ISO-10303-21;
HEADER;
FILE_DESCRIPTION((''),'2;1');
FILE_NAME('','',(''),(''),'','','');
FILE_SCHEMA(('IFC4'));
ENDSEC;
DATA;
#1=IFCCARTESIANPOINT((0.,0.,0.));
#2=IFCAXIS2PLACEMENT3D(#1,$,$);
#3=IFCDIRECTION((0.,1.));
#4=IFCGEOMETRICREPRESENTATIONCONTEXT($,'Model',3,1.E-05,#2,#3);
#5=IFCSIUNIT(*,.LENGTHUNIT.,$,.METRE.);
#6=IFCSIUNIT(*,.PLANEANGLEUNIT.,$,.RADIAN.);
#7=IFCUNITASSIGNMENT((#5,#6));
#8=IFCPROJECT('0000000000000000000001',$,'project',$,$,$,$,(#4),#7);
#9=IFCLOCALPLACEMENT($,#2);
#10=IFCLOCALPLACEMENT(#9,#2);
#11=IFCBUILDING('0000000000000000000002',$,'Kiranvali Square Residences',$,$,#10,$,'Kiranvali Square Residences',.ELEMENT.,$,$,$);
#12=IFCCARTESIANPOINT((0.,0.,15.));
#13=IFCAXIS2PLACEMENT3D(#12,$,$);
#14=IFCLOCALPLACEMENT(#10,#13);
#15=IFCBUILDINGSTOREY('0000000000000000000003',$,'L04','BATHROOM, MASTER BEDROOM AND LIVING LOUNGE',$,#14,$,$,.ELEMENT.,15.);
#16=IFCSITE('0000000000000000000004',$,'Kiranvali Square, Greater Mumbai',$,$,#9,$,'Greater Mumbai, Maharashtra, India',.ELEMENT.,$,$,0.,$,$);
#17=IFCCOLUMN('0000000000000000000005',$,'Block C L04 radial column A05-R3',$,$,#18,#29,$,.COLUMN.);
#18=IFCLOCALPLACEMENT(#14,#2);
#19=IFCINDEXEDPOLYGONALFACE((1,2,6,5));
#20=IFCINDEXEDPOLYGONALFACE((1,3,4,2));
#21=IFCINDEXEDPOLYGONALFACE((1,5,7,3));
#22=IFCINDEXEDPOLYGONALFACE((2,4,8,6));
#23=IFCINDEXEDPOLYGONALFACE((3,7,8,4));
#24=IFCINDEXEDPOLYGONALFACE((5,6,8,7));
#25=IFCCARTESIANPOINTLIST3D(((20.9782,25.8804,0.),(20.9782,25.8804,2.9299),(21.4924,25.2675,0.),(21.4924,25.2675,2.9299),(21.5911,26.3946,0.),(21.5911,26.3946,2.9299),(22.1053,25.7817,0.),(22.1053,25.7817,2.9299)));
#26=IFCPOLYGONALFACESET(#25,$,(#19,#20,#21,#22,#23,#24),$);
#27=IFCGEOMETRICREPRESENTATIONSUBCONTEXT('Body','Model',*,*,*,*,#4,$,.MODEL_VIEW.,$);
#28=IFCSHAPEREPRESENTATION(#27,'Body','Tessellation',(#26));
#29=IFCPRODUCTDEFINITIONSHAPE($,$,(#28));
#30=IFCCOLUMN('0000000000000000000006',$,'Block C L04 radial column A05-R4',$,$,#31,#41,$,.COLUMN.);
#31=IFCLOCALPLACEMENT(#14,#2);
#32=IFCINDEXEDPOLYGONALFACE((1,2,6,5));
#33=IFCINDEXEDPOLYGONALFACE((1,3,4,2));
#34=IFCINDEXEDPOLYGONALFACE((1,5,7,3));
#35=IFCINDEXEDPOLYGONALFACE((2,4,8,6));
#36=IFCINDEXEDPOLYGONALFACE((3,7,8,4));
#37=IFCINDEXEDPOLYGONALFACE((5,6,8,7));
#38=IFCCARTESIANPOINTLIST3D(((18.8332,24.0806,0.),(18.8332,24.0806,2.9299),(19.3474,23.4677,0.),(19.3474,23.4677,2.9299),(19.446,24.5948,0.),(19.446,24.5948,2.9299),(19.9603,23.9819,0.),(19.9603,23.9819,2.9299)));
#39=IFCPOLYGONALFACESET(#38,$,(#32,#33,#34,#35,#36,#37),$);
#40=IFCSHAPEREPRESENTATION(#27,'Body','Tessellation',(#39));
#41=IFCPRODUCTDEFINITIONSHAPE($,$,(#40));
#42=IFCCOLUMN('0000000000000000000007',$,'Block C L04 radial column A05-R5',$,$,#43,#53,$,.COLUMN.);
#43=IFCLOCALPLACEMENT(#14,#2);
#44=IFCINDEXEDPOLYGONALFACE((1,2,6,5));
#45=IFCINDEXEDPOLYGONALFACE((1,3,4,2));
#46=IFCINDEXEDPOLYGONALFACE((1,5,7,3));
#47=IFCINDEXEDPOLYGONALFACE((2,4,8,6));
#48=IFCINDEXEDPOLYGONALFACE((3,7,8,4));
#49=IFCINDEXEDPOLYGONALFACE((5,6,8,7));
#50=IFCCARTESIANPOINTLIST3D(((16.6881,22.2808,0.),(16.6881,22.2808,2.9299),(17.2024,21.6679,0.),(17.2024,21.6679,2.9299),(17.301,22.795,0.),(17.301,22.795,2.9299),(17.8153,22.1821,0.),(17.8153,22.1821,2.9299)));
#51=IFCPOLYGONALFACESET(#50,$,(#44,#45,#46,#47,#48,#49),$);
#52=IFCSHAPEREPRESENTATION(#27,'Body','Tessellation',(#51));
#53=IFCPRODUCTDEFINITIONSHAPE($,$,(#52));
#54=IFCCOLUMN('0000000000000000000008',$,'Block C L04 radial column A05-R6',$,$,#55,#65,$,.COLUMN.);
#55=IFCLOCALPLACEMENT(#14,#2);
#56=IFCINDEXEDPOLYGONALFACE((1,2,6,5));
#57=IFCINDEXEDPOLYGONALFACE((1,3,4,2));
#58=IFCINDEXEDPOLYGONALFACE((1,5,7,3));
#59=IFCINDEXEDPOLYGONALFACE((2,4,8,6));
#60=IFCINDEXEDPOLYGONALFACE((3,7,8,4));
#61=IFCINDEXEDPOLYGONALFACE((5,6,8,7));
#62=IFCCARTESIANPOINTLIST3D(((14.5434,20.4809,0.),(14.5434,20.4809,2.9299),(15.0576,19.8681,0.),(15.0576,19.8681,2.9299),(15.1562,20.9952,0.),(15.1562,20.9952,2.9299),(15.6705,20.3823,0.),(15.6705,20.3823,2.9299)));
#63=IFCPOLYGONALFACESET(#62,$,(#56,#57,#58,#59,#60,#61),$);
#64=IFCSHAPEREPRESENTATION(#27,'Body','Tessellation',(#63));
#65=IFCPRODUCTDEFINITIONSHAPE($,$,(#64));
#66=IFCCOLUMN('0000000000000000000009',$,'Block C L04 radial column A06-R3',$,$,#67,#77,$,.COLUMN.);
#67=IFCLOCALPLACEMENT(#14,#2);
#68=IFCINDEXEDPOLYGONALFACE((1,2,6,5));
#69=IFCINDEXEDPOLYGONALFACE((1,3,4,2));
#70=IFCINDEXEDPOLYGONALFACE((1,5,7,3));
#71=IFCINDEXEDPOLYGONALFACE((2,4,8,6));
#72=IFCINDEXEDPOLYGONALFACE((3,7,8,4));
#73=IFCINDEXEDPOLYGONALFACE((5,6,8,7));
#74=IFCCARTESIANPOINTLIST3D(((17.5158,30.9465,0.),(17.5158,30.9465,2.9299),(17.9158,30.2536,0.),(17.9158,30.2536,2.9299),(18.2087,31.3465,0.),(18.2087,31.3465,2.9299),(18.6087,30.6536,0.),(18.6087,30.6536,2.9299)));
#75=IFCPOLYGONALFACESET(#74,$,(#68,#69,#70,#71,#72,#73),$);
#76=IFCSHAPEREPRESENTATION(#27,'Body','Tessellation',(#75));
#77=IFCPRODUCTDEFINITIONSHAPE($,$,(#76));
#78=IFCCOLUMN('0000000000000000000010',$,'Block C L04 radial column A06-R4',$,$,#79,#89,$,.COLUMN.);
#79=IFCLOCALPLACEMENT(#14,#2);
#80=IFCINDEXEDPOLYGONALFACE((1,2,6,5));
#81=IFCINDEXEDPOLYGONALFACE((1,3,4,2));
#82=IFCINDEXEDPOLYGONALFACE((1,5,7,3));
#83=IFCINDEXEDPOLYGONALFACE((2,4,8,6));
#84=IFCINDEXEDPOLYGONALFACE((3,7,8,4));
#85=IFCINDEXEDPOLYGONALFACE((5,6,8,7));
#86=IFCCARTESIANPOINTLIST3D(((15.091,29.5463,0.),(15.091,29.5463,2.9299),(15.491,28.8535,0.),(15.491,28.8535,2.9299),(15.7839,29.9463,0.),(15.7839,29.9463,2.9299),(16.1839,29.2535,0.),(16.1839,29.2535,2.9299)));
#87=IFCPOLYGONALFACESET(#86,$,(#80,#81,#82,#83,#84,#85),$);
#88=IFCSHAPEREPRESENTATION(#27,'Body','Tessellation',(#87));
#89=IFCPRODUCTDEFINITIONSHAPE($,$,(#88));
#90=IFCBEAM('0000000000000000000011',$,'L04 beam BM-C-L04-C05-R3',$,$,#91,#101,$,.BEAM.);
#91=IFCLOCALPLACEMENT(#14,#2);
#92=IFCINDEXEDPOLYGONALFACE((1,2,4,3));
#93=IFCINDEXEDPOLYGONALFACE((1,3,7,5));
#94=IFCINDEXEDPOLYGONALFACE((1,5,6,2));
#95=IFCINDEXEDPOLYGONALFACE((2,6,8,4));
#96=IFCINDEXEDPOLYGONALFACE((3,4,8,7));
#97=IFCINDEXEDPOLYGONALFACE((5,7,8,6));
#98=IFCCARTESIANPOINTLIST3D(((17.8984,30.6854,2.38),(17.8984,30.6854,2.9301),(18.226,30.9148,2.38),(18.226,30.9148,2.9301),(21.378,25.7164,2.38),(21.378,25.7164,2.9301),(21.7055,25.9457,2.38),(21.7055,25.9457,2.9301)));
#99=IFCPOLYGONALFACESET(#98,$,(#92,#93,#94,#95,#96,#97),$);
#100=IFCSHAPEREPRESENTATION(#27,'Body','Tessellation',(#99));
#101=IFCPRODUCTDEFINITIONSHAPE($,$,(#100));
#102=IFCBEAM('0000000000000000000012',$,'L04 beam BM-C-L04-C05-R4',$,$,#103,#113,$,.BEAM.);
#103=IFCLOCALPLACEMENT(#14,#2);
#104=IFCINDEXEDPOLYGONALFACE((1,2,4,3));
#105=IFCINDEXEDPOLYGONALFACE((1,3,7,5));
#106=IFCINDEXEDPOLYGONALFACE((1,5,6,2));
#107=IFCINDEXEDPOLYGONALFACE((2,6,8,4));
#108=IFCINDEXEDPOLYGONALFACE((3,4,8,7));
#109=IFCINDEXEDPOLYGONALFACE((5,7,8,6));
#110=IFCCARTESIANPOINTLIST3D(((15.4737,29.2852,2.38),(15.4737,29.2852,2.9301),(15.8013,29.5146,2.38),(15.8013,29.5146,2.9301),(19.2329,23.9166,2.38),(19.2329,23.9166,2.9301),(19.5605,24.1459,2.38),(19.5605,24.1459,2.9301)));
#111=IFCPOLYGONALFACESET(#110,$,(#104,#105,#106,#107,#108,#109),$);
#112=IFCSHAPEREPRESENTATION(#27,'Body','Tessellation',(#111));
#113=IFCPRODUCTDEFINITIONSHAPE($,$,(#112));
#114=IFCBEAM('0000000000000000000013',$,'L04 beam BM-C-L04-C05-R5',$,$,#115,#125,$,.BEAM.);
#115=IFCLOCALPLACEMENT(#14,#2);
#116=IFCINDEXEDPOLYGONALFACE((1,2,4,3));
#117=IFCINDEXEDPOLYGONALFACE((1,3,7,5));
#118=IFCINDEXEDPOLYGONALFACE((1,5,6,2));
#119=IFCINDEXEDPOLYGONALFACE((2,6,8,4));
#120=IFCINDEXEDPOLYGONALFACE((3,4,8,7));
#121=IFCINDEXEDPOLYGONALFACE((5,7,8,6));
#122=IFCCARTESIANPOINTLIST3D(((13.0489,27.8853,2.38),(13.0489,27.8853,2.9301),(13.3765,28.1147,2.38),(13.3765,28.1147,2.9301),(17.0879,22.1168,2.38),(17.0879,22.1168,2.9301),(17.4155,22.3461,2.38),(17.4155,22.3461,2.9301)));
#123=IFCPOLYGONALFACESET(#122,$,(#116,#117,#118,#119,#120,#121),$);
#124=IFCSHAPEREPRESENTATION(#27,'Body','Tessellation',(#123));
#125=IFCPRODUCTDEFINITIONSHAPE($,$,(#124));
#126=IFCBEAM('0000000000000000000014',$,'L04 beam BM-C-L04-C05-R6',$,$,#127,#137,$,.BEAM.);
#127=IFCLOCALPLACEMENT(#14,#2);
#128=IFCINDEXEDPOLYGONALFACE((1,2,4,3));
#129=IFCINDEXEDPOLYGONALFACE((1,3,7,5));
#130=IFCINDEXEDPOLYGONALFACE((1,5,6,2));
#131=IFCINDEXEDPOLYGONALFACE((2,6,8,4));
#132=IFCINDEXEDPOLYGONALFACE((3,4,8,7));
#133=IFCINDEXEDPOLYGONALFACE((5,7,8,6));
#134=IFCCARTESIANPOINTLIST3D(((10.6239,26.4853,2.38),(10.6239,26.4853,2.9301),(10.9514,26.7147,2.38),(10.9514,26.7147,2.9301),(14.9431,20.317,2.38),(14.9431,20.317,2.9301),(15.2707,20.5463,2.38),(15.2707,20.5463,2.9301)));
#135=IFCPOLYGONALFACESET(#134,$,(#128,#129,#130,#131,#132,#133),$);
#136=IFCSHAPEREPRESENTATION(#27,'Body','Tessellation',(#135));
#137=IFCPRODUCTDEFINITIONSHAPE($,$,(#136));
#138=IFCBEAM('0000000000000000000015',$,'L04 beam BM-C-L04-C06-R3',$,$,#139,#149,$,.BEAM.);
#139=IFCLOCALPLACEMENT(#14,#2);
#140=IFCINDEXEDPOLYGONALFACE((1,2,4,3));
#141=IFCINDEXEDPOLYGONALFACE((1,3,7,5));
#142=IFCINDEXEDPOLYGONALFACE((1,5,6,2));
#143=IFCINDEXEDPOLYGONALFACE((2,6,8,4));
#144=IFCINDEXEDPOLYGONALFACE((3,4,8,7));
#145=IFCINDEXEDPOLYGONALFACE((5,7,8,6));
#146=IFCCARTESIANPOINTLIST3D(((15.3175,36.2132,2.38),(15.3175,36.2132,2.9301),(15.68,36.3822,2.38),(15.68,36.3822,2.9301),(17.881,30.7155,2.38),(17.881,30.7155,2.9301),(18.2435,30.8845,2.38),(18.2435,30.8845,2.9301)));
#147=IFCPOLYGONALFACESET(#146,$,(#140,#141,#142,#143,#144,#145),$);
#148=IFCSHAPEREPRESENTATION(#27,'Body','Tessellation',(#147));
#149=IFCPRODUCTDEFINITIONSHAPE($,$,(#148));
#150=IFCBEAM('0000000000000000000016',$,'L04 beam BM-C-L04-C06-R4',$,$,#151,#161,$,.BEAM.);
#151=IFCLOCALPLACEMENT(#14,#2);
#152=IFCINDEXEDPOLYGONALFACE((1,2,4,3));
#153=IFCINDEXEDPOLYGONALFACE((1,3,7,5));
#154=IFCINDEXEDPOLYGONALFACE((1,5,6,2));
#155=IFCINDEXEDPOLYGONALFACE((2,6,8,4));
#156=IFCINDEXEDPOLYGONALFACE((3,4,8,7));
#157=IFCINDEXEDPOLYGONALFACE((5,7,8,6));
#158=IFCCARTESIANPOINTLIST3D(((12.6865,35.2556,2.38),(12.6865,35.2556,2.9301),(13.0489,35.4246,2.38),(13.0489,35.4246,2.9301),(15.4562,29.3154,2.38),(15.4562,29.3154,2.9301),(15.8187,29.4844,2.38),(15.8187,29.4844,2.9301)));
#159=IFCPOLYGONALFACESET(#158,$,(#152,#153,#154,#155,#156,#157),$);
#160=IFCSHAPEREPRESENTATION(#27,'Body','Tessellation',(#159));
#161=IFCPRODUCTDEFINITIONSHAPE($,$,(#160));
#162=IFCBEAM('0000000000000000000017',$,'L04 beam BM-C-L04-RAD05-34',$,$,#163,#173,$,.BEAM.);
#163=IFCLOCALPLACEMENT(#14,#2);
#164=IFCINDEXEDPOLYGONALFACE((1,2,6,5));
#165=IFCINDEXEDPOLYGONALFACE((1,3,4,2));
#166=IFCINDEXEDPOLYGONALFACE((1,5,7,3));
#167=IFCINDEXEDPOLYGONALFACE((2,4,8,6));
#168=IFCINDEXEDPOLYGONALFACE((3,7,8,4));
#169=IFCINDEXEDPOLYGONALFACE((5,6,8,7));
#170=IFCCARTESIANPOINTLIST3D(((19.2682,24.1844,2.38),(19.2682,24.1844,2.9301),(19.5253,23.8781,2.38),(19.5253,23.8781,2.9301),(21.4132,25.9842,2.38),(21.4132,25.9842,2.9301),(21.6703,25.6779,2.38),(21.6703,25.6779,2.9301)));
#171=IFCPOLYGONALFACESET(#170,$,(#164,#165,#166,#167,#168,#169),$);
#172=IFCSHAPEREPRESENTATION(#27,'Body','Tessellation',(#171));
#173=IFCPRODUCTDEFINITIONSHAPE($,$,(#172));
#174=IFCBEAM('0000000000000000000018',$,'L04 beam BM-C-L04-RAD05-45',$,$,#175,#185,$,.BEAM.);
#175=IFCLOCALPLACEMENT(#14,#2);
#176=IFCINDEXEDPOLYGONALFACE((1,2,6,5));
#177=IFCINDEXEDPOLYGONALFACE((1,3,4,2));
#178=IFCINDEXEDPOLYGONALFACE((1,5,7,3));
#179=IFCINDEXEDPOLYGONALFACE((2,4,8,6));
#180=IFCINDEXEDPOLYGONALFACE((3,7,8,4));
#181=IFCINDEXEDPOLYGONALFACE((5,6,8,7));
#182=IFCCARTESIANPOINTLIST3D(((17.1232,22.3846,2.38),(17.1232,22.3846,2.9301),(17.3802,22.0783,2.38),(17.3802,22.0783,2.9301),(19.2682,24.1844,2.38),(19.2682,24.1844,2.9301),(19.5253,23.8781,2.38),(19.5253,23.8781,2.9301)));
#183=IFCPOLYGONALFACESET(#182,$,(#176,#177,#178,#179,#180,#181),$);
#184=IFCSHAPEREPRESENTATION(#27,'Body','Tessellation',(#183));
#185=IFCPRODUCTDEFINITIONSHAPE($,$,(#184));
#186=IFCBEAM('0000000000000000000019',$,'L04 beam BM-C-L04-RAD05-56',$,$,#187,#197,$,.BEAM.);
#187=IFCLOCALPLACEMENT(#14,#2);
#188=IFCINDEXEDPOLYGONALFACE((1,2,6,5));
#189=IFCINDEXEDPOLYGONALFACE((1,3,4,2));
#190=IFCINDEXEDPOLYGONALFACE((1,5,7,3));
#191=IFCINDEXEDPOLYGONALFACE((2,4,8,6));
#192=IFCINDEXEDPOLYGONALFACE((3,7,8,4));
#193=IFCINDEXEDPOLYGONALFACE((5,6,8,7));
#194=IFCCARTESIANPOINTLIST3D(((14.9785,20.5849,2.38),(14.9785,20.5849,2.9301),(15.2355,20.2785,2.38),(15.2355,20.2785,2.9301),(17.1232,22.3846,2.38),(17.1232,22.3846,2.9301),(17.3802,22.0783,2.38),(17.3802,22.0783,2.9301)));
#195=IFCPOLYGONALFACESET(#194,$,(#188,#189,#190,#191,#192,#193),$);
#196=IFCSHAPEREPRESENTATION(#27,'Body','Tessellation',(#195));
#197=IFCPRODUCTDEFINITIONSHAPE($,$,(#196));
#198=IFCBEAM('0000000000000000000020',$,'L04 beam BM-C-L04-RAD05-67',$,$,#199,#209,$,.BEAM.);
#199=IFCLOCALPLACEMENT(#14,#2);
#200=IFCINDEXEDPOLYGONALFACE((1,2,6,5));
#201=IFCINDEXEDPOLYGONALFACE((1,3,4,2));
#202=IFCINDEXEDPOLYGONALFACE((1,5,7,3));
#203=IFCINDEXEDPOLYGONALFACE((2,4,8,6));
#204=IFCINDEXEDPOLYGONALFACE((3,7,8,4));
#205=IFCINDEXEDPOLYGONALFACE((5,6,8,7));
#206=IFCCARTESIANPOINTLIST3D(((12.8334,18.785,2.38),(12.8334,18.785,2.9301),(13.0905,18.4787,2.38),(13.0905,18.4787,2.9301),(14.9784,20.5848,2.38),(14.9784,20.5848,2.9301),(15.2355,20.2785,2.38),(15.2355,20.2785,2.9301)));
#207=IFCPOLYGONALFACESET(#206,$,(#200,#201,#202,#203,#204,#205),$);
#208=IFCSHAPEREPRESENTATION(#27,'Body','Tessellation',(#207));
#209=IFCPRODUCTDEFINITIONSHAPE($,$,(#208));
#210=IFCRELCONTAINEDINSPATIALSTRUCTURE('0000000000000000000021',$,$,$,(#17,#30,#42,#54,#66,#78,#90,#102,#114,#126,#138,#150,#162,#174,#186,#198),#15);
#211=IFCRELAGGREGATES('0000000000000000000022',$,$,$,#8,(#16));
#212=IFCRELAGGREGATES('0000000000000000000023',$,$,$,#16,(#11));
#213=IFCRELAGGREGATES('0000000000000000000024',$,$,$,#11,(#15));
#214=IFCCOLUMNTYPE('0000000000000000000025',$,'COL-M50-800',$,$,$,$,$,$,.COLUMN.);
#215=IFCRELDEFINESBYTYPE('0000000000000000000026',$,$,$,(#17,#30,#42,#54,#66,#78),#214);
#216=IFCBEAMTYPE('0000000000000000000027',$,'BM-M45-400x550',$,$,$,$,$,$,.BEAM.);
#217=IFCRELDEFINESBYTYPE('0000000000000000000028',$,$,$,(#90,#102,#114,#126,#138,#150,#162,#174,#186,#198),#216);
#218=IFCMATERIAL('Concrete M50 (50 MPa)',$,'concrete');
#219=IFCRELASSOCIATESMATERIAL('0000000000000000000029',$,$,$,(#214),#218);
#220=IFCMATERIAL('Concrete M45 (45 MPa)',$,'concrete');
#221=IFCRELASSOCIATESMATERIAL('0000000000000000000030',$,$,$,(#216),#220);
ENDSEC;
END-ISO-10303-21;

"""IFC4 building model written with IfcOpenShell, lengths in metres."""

from ifc_helpers import new_model, si_unit, direction, frame, origin, origin_2d, place, context, subcontext, project, spatial, rectangle, extrude, material, material_profile, profile_set, type_object, element, save


model = new_model("IFC4")

# Units and contexts
model_context = context("Model", 3, precision=1e-05, world=origin(), true_north=direction((0.0, 1.0)))
body_context = subcontext(model_context, "Body", "Model", "MODEL_VIEW")
ifc_project = project(units=[si_unit("LENGTHUNIT", "METRE"), si_unit("PLANEANGLEUNIT", "RADIAN")], contexts=[model_context])

# Site, building, storey
site_placement = place(None, origin())
site = spatial("IfcSite", under=ifc_project, at=site_placement, Name="Kiranvali Square, Greater Mumbai", LongName="Greater Mumbai, Maharashtra, India", CompositionType="ELEMENT", RefElevation=0.0)
building_placement = place(site_placement, origin())
building = spatial("IfcBuilding", under=site, at=building_placement, Name="Kiranvali Square Residences", LongName="Kiranvali Square Residences", CompositionType="ELEMENT")
storey_placement = place(building_placement, frame((0.0, 0.0, 15.0)))
storey = spatial("IfcBuildingStorey", under=building, at=storey_placement, Name="L04", Description="BATHROOM, MASTER BEDROOM AND LIVING LOUNGE", CompositionType="ELEMENT", Elevation=15.0)

# Columns
ifc_material_1 = material(Name="Concrete M50 (50 MPa)", Category="concrete")
ifc_material_profile_1 = material_profile(ifc_material_1, rectangle(XDim=0.8, YDim=0.8, at=origin_2d()), Name="RC 800x800")
ifc_profile_set_1 = profile_set([ifc_material_profile_1], Name="Concrete M50 (50 MPa)")
column_type = type_object("IfcColumnType", Name="COL-M50-800", PredefinedType="COLUMN", material=ifc_profile_set_1)
for number, where, z_axis, x_axis, name in (
    (1, (21.5417, 25.8311, 0.0), (0.0, 0.0, 1.0), (-0.642788, 0.766044, 0.0), "Block C L04 radial column A05-R3"),
    (2, (19.3967, 24.0312, 0.0), (0.0, 0.0, 1.0), (-0.642788, 0.766044, 0.0), "Block C L04 radial column A05-R4"),
    (3, (17.2517, 22.2314, 0.0), (0.0, 0.0, 1.0), (-0.642788, 0.766044, 0.0), "Block C L04 radial column A05-R5"),
    (4, (15.1069, 20.4316, 0.0), (0.0, 0.0, 1.0), (-0.642788, 0.766044, 0.0), "Block C L04 radial column A05-R6"),
    (5, (18.0623, 30.8, 0.0), (0.0, 0.0, 1.0), (-0.5, 0.866025, 0.0), "Block C L04 radial column A06-R3"),
    (6, (15.6375, 29.3999, 0.0), (0.0, 0.0, 1.0), (-0.5, 0.866025, 0.0), "Block C L04 radial column A06-R4"),
):
    element("IfcColumn", number, at=place(storey_placement, frame(where, z_axis=z_axis, x_axis=x_axis)), inside=storey, type_object=column_type, Name=name, PredefinedType="COLUMN", context=body_context, shape_type="SweptSolid", body=[
        extrude(rectangle(XDim=0.8, YDim=0.8, at=origin_2d()), origin(), (0.0, 0.0, 1.0), 2.9299),
    ])

# Beams
ifc_material_2 = material(Name="Concrete M45 (45 MPa)", Category="concrete")
ifc_material_profile_2 = material_profile(ifc_material_2, rectangle(XDim=0.3999, YDim=0.55, at=origin_2d()), Name="RC 400x550")
ifc_profile_set_2 = profile_set([ifc_material_profile_2], Name="Concrete M45 (45 MPa)")
beam_type = type_object("IfcBeamType", Name="BM-M45-400x550", PredefinedType="BEAM", material=ifc_profile_set_2)
beam_1_placement = place(storey_placement, frame((21.5417, 25.8311, 2.655), z_axis=(-0.573595, 0.819139, 0.0), x_axis=(-0.819139, -0.573595, 0.0)))
element("IfcBeam", 7, at=beam_1_placement, inside=storey, type_object=beam_type, Name="L04 beam BM-C-L04-C05-R3", PredefinedType="BEAM", context=body_context, shape_type="SweptSolid", body=[
    extrude(rectangle(XDim=0.3999, YDim=0.55, at=origin_2d()), origin(), (0.0, 0.0, 1.0), 6.0662),
])
beam_2_placement = place(storey_placement, frame((19.3967, 24.0312, 2.655), z_axis=(-0.573587, 0.819144, 0.0), x_axis=(-0.819144, -0.573587, 0.0)))
element("IfcBeam", 8, at=beam_2_placement, inside=storey, type_object=beam_type, Name="L04 beam BM-C-L04-C05-R4", PredefinedType="BEAM", context=body_context, shape_type="SweptSolid", body=[
    extrude(rectangle(XDim=0.3999, YDim=0.55, at=origin_2d()), origin(), (0.0, 0.0, 1.0), 6.554),
])
beam_3_placement = place(storey_placement, frame((17.2517, 22.2314, 2.655), z_axis=(-0.573565, 0.81916, 0.0), x_axis=(-0.81916, -0.573565, 0.0)))
element("IfcBeam", 9, at=beam_3_placement, inside=storey, type_object=beam_type, Name="L04 beam BM-C-L04-C05-R5", PredefinedType="BEAM", context=body_context, shape_type="SweptSolid", body=[
    extrude(rectangle(XDim=0.3999, YDim=0.55, at=origin_2d()), origin(), (0.0, 0.0, 1.0), 7.042),
])
beam_4_placement = place(storey_placement, frame((15.1069, 20.4316, 2.655), z_axis=(-0.573589, 0.819144, 0.0), x_axis=(-0.819144, -0.573589, 0.0)))
element("IfcBeam", 10, at=beam_4_placement, inside=storey, type_object=beam_type, Name="L04 beam BM-C-L04-C05-R6", PredefinedType="BEAM", context=body_context, shape_type="SweptSolid", body=[
    extrude(rectangle(XDim=0.3999, YDim=0.55, at=origin_2d()), origin(), (0.0, 0.0, 1.0), 7.5303),
])
beam_5_placement = place(storey_placement, frame((18.0623, 30.8, 2.655), z_axis=(-0.422608, 0.906313, 0.0), x_axis=(-0.906313, -0.422608, 0.0)))
element("IfcBeam", 11, at=beam_5_placement, inside=storey, type_object=beam_type, Name="L04 beam BM-C-L04-C06-R3", PredefinedType="BEAM", context=body_context, shape_type="SweptSolid", body=[
    extrude(rectangle(XDim=0.3999, YDim=0.55, at=origin_2d()), origin(), (0.0, 0.0, 1.0), 6.0659),
])
beam_6_placement = place(storey_placement, frame((15.6375, 29.3999, 2.655), z_axis=(-0.422596, 0.906318, 0.0), x_axis=(-0.906318, -0.422596, 0.0)))
element("IfcBeam", 12, at=beam_6_placement, inside=storey, type_object=beam_type, Name="L04 beam BM-C-L04-C06-R4", PredefinedType="BEAM", context=body_context, shape_type="SweptSolid", body=[
    extrude(rectangle(XDim=0.3999, YDim=0.55, at=origin_2d()), origin(), (0.0, 0.0, 1.0), 6.5542),
])
for number, where, z_axis, x_axis, name in (
    (13, (21.5417, 25.8311, 2.655), (-0.766059, -0.642771, 0.0), (0.642771, -0.766059, 0.0), "L04 beam BM-C-L04-RAD05-34"),
    (14, (19.3967, 24.0312, 2.655), (-0.766059, -0.642771, 0.0), (0.642771, -0.766059, 0.0), "L04 beam BM-C-L04-RAD05-45"),
):
    element("IfcBeam", number, at=place(storey_placement, frame(where, z_axis=z_axis, x_axis=x_axis)), inside=storey, type_object=beam_type, Name=name, PredefinedType="BEAM", context=body_context, shape_type="SweptSolid", body=[
        extrude(rectangle(XDim=0.3999, YDim=0.55, at=origin_2d()), origin(), (0.0, 0.0, 1.0), 2.8),
    ])
beam_7_placement = place(storey_placement, frame((17.2517, 22.2314, 2.655), z_axis=(-0.766023, -0.642814, 0.0), x_axis=(0.642814, -0.766023, 0.0)))
element("IfcBeam", 15, at=beam_7_placement, inside=storey, type_object=beam_type, Name="L04 beam BM-C-L04-RAD05-56", PredefinedType="BEAM", context=body_context, shape_type="SweptSolid", body=[
    extrude(rectangle(XDim=0.3999, YDim=0.55, at=origin_2d()), origin(), (0.0, 0.0, 1.0), 2.7998),
])
for number, where, z_axis, x_axis, name in (
    (16, (15.1069, 20.4316, 2.655), (-0.766059, -0.642771, 0.0), (0.642771, -0.766059, 0.0), "L04 beam BM-C-L04-RAD05-67"),
):
    element("IfcBeam", number, at=place(storey_placement, frame(where, z_axis=z_axis, x_axis=x_axis)), inside=storey, type_object=beam_type, Name=name, PredefinedType="BEAM", context=body_context, shape_type="SweptSolid", body=[
        extrude(rectangle(XDim=0.3999, YDim=0.55, at=origin_2d()), origin(), (0.0, 0.0, 1.0), 2.8),
    ])

save(model, "model.ifc")
